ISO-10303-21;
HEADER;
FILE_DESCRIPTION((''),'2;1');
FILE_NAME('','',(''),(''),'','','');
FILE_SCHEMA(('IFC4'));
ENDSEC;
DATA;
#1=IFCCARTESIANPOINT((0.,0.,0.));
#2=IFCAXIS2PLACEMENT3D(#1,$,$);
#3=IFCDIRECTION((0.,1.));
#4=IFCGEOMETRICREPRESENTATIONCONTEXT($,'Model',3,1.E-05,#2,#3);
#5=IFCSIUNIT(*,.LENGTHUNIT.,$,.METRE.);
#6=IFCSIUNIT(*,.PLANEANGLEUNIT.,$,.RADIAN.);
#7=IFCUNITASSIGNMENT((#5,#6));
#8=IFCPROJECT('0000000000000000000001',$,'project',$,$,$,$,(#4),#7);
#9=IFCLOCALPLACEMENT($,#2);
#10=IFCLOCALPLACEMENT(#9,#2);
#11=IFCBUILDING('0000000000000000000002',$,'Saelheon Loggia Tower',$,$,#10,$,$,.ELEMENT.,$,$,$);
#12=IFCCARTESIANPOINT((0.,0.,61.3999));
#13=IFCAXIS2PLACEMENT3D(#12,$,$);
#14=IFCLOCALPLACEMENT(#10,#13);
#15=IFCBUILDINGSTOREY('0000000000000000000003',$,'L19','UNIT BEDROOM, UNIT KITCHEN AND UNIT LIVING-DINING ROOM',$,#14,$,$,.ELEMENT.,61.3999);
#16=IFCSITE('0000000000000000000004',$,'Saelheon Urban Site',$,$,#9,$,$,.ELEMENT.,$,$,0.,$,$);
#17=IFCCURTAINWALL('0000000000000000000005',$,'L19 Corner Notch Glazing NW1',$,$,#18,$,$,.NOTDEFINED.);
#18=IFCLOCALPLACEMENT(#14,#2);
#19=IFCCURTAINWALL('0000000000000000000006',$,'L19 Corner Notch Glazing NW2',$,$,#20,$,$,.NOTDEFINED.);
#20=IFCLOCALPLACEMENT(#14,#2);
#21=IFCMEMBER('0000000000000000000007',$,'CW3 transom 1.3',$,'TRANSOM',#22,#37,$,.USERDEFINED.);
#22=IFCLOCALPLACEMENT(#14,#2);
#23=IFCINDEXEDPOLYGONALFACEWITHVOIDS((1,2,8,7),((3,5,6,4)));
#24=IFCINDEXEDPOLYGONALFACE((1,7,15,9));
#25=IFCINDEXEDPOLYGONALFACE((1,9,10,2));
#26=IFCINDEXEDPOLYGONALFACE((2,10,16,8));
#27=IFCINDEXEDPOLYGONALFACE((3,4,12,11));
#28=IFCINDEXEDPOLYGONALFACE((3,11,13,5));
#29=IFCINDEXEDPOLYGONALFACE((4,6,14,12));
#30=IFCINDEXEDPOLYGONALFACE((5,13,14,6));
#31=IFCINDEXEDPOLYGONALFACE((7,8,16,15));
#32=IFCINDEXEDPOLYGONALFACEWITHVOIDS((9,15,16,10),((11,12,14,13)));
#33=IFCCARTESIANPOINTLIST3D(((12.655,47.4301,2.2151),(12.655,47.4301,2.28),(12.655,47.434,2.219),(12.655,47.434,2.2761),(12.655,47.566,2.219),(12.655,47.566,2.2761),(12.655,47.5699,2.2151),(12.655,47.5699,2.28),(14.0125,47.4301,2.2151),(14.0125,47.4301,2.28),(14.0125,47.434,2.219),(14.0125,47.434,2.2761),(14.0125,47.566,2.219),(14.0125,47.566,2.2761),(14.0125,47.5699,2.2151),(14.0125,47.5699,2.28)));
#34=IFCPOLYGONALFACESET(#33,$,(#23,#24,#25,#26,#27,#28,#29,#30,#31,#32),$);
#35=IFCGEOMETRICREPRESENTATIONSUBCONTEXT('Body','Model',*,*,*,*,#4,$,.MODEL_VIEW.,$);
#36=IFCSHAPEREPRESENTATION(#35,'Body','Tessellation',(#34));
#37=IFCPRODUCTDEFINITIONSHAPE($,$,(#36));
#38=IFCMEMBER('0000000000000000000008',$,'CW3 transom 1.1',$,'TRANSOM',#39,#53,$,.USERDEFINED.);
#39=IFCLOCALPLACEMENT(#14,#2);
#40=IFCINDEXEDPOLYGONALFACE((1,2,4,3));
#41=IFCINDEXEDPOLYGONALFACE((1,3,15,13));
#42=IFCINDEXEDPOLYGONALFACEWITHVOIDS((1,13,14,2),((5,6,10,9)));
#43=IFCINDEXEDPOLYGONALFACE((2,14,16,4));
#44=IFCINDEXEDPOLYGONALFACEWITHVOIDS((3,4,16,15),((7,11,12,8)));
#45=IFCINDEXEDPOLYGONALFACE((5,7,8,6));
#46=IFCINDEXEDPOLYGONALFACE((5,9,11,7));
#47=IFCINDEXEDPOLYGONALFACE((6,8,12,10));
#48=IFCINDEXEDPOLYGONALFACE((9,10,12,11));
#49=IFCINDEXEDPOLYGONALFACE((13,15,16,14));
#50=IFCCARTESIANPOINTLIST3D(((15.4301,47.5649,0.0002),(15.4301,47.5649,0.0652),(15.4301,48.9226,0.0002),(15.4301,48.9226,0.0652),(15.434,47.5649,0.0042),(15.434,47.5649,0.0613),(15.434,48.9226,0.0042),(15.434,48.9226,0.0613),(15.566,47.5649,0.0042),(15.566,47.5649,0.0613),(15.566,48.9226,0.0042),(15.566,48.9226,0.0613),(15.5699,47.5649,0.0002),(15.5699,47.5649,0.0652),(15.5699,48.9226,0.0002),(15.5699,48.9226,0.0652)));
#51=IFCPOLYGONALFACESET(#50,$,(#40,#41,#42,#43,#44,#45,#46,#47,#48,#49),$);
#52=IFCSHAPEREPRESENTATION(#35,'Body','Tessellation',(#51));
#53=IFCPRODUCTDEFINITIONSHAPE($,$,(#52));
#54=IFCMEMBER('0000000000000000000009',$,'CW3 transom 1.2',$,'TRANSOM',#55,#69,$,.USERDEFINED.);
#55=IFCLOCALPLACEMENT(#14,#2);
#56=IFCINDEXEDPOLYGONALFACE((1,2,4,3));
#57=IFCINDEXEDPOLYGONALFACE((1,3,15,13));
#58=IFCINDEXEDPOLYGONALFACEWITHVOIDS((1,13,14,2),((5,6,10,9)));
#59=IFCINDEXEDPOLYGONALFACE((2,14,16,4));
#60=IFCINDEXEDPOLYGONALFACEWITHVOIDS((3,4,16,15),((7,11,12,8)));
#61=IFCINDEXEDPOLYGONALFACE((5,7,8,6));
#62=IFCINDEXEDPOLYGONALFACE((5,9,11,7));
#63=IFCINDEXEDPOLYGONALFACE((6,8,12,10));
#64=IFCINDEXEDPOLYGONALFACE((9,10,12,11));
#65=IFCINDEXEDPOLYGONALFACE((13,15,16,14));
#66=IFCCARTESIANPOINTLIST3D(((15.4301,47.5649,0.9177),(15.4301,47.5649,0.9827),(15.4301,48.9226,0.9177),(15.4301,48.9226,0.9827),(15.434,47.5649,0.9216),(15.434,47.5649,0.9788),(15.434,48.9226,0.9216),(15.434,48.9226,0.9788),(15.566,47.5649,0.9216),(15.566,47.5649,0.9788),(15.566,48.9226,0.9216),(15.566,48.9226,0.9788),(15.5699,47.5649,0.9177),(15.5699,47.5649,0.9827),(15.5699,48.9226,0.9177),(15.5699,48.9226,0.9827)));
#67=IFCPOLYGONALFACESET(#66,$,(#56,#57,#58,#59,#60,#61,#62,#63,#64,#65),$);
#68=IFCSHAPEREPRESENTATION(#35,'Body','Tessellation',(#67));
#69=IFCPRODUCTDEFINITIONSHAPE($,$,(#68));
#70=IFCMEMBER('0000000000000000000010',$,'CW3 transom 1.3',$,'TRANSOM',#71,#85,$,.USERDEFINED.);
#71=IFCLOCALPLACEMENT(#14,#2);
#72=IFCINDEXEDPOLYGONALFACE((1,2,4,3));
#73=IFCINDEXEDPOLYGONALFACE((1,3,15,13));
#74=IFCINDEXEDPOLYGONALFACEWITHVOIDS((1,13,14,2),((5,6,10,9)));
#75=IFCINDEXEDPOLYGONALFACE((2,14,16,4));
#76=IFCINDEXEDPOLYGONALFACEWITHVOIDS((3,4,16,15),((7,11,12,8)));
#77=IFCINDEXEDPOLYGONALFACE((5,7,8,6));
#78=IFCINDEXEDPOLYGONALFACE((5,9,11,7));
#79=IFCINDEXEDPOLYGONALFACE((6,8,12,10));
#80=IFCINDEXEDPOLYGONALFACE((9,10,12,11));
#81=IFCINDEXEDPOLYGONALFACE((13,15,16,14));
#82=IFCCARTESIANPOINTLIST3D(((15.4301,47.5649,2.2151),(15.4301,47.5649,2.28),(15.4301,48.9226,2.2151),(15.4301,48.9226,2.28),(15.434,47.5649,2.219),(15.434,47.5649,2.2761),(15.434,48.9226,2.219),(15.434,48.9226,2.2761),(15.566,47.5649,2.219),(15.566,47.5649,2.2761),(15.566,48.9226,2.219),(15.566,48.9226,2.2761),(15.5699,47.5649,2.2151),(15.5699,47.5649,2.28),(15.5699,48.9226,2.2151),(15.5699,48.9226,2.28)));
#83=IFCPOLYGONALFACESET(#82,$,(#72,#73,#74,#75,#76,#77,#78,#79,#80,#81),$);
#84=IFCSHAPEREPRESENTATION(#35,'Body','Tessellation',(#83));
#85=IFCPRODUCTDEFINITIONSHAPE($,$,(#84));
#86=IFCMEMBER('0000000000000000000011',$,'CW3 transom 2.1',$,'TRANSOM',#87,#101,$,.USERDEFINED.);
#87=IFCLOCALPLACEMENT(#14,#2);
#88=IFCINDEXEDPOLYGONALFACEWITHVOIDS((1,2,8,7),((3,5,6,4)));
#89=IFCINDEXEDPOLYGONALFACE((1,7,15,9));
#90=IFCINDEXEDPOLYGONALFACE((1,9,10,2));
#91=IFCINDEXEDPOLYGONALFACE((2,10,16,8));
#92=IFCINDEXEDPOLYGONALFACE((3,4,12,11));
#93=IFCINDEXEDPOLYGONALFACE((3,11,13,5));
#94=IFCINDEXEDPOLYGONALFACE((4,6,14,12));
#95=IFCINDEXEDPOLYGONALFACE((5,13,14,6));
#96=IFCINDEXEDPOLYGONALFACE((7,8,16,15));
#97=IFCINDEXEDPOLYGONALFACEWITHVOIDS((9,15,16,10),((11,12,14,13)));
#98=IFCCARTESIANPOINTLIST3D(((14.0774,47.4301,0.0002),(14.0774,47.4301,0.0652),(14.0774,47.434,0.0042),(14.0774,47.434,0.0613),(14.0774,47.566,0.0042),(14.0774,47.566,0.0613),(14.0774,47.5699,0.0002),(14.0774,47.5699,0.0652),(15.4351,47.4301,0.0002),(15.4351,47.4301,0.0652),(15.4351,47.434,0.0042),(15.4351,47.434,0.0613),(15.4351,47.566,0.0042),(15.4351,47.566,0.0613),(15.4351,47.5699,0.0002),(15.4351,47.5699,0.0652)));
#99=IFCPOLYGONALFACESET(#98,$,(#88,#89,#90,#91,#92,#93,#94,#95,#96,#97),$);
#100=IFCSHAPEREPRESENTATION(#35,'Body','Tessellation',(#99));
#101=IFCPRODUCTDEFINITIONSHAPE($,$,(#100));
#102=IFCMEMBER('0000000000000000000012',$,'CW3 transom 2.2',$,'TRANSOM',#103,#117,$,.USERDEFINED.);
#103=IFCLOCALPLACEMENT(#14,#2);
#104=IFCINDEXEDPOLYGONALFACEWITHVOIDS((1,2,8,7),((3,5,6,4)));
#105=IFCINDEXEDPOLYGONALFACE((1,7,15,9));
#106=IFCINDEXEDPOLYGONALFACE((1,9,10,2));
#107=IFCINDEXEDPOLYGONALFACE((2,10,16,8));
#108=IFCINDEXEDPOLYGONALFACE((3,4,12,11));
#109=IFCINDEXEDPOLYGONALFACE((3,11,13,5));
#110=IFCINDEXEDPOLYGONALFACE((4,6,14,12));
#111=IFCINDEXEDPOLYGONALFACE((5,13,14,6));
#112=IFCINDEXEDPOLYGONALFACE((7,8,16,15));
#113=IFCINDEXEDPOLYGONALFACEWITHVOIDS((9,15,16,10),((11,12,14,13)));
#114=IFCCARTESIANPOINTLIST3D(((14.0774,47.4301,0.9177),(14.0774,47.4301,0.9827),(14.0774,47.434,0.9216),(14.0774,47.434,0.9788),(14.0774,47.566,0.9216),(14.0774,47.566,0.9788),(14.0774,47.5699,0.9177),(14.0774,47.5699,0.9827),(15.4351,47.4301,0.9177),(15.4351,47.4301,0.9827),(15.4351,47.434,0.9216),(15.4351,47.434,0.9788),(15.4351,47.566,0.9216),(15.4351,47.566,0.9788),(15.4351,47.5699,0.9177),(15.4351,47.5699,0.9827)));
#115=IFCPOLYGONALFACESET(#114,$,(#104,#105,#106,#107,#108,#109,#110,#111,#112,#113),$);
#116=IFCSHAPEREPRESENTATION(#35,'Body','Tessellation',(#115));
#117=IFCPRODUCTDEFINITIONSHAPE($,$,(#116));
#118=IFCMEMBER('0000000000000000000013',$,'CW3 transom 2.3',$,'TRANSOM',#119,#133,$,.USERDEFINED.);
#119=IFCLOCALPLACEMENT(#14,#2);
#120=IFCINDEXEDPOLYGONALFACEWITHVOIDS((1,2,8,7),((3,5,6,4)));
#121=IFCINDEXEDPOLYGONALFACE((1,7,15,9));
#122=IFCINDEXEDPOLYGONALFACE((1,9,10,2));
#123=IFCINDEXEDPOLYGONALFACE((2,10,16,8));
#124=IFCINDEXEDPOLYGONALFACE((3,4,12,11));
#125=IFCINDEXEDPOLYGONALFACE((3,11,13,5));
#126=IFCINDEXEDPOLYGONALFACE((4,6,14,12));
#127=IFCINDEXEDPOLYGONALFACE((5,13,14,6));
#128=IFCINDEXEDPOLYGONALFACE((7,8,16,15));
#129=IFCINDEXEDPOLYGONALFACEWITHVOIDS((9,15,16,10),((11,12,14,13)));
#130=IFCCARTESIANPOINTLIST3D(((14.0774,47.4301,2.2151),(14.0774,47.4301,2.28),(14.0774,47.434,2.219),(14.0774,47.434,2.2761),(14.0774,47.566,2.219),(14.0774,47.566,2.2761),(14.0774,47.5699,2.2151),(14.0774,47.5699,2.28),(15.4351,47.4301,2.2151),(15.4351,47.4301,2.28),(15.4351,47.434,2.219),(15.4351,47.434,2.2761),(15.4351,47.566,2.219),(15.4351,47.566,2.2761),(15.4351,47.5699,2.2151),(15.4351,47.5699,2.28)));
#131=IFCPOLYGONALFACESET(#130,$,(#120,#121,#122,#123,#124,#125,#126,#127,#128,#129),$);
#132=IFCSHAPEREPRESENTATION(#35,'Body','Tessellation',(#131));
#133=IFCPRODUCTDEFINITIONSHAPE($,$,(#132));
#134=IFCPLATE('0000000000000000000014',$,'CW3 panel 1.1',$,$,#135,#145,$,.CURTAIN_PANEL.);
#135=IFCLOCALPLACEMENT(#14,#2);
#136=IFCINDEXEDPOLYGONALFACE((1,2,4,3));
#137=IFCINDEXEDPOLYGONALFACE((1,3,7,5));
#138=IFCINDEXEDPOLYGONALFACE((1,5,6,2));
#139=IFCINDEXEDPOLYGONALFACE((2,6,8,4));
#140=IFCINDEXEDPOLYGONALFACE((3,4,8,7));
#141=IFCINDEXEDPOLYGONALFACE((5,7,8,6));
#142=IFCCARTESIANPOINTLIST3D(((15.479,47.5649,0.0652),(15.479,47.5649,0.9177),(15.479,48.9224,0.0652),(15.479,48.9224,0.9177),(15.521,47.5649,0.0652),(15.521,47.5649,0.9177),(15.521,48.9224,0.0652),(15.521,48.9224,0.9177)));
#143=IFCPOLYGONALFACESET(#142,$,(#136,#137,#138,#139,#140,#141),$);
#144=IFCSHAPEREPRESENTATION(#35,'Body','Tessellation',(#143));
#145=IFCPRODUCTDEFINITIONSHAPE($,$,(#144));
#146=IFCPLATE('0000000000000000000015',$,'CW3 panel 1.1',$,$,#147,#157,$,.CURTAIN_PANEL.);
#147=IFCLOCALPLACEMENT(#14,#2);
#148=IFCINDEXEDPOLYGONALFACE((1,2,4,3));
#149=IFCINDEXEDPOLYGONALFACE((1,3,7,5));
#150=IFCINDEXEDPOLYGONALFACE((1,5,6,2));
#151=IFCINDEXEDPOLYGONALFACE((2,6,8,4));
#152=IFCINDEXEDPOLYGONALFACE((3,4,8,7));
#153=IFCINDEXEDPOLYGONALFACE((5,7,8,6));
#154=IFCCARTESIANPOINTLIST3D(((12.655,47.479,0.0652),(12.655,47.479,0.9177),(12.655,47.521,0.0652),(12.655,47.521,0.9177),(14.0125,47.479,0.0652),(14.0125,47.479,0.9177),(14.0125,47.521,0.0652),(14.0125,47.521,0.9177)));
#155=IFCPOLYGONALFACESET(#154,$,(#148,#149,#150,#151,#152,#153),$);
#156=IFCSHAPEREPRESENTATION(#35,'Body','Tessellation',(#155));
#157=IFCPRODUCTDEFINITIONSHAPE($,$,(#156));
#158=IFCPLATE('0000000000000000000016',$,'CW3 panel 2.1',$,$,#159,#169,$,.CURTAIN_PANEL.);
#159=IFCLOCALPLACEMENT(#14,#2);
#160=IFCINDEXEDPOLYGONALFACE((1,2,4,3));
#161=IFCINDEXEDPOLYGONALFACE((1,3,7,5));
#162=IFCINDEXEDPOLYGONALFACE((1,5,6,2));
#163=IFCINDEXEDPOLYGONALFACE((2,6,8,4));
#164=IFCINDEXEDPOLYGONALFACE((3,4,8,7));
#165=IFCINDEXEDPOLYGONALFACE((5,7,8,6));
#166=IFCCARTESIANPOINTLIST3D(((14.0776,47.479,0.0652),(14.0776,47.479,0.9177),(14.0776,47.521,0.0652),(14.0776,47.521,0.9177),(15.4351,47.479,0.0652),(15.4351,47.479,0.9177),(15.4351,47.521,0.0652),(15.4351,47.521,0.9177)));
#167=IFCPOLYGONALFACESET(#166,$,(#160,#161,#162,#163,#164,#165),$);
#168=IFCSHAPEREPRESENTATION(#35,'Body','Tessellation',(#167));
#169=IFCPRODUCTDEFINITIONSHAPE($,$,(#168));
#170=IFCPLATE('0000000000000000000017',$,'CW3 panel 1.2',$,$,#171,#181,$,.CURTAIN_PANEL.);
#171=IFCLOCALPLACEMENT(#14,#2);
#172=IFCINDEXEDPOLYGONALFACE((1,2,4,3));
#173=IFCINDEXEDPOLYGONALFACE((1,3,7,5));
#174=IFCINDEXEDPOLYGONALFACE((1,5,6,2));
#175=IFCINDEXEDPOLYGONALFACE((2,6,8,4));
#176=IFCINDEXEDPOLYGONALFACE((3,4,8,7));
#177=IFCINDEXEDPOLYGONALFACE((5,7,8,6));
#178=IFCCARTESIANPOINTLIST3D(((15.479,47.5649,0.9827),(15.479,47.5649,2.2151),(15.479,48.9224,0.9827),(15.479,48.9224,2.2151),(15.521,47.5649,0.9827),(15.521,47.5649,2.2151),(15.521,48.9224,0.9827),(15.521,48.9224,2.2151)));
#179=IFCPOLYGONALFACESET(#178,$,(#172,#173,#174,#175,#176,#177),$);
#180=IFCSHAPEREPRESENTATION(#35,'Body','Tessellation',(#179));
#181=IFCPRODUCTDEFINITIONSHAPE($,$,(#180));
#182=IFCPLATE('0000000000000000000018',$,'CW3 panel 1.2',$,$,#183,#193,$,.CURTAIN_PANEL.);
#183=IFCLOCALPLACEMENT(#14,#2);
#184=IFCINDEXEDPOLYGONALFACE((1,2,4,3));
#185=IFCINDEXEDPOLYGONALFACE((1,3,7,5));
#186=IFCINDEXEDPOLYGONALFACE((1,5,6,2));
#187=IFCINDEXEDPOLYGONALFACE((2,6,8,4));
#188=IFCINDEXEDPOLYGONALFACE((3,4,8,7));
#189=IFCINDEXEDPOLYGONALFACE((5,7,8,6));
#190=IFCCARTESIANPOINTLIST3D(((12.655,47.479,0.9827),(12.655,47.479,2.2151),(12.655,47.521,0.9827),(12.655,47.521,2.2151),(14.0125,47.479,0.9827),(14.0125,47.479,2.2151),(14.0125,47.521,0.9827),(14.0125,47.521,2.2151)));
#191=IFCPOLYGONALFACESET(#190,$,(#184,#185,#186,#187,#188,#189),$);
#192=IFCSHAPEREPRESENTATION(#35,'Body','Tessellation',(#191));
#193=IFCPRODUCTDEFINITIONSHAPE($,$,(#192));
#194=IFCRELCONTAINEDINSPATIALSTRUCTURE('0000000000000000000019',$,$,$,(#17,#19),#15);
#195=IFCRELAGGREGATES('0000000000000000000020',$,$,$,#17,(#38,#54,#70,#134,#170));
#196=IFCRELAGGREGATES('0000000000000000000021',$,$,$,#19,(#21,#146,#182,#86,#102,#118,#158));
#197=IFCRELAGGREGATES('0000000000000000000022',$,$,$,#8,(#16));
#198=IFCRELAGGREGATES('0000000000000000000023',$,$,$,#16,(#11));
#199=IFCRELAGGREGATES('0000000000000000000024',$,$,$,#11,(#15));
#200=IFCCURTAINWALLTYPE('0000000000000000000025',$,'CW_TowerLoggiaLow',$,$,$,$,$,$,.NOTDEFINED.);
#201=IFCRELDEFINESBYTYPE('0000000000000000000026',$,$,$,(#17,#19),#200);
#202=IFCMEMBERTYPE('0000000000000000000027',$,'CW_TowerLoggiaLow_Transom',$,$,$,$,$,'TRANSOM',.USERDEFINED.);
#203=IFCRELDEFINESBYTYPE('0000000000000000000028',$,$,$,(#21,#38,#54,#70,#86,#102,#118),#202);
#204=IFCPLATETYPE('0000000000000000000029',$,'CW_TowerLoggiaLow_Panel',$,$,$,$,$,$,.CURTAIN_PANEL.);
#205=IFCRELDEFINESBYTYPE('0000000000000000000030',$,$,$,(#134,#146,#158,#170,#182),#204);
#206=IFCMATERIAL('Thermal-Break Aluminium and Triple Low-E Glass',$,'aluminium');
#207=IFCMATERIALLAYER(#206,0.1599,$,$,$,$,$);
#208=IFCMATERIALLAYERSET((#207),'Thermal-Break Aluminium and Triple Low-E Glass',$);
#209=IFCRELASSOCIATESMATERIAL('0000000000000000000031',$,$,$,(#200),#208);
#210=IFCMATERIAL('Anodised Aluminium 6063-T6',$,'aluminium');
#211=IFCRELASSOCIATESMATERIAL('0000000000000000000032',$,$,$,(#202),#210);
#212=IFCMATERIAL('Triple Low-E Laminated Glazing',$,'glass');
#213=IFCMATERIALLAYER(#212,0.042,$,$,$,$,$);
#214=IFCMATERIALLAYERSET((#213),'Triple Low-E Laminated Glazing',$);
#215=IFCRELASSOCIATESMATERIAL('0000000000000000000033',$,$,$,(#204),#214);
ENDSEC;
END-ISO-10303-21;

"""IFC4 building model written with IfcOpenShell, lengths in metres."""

from ifc_helpers import new_model, si_unit, direction, frame, origin, origin_2d, place, context, subcontext, project, spatial, rectangle, hollow_rectangle, extrude, source, transform, mapped, material, layer, layer_set, material_profile, profile_set, type_object, element, aggregate, save


model = new_model("IFC4")

# Units and contexts
model_context = context("Model", 3, precision=1e-05, world=origin(), true_north=direction((0.0, 1.0)))
body_context = subcontext(model_context, "Body", "Model", "MODEL_VIEW")
ifc_project = project(units=[si_unit("LENGTHUNIT", "METRE"), si_unit("PLANEANGLEUNIT", "RADIAN")], contexts=[model_context])

# Site, building, storey
site_placement = place(None, origin())
site = spatial("IfcSite", under=ifc_project, at=site_placement, Name="Saelheon Urban Site", CompositionType="ELEMENT", RefElevation=0.0)
building_placement = place(site_placement, origin())
building = spatial("IfcBuilding", under=site, at=building_placement, Name="Saelheon Loggia Tower", CompositionType="ELEMENT")
storey_placement = place(building_placement, frame((0.0, 0.0, 61.3999)))
storey = spatial("IfcBuildingStorey", under=building, at=storey_placement, Name="L19", Description="UNIT BEDROOM, UNIT KITCHEN AND UNIT LIVING-DINING ROOM", CompositionType="ELEMENT", Elevation=61.3999)

# Curtain walls
ifc_material_1 = material(Name="Thermal-Break Aluminium and Triple Low-E Glass", Category="aluminium")
ifc_layer_1 = layer(ifc_material_1, 0.1599)
ifc_layer_set_1 = layer_set([ifc_layer_1], Name="Thermal-Break Aluminium and Triple Low-E Glass")
curtain_wall_type = type_object("IfcCurtainWallType", Name="CW_TowerLoggiaLow", PredefinedType="NOTDEFINED", material=ifc_layer_set_1)
curtain_wall_1_placement = place(storey_placement, origin())
curtain_wall_1 = element("IfcCurtainWall", 1, at=curtain_wall_1_placement, inside=storey, type_object=curtain_wall_type, Name="L19 Corner Notch Glazing NW1", PredefinedType="NOTDEFINED")
ifc_material_2 = material(Name="Anodised Aluminium 6063-T6", Category="aluminium")
curtain_wall_2_placement = place(storey_placement, origin())
curtain_wall_2 = element("IfcCurtainWall", 2, at=curtain_wall_2_placement, inside=storey, type_object=curtain_wall_type, Name="L19 Corner Notch Glazing NW2", PredefinedType="NOTDEFINED")

# Members
ifc_material_profile_1 = material_profile(ifc_material_2, hollow_rectangle(XDim=0.0649, YDim=0.1399, WallThickness=0.0039, at=origin_2d()), Name="RHS-140x65x4")
ifc_profile_set_1 = profile_set([ifc_material_profile_1], Name="Anodised Aluminium 6063-T6")
member_type_1 = type_object("IfcMemberType", Name="CW_TowerLoggiaLow_Transom", ElementType="TRANSOM", PredefinedType="USERDEFINED", material=ifc_profile_set_1)
shared_shape_1 = source(origin(), body_context, "Body", "SweptSolid", [
    extrude(hollow_rectangle(XDim=0.0649, YDim=0.1399, WallThickness=0.0039, at=origin_2d()), origin(), (0.0, 0.0, 1.0), 1.3574),
])
member_1_placement = place(storey_placement, frame((12.655, 47.5, 2.2476), z_axis=(1.0, 0.0, 0.0), x_axis=(0.0, 0.0, 1.0)))
member_1 = element("IfcMember", 3, at=member_1_placement, type_object=member_type_1, Name="CW3 transom 1.3", ObjectType="TRANSOM", PredefinedType="USERDEFINED", context=body_context, shape_type="MappedRepresentation", body=[
    mapped(shared_shape_1, transform((0.0, 0.0, 0.0), scale=1.0)),
])
shared_shape_2 = source(origin(), body_context, "Body", "SweptSolid", [
    extrude(hollow_rectangle(XDim=0.0649, YDim=0.1399, WallThickness=0.0039, at=origin_2d()), origin(), (0.0, 0.0, 1.0), 1.3577),
])
member_2_placement = place(storey_placement, frame((15.5, 47.5649, 0.0327), z_axis=(0.0, 1.0, 0.0), x_axis=(0.0, 0.0, 1.0)))
member_2 = element("IfcMember", 4, at=member_2_placement, type_object=member_type_1, Name="CW3 transom 1.1", ObjectType="TRANSOM", PredefinedType="USERDEFINED", context=body_context, shape_type="MappedRepresentation", body=[
    mapped(shared_shape_2, transform((0.0, 0.0, 0.0), scale=1.0)),
])
member_3_placement = place(storey_placement, frame((15.5, 47.5649, 0.9502), z_axis=(0.0, 1.0, 0.0), x_axis=(0.0, 0.0, 1.0)))
member_3 = element("IfcMember", 5, at=member_3_placement, type_object=member_type_1, Name="CW3 transom 1.2", ObjectType="TRANSOM", PredefinedType="USERDEFINED", context=body_context, shape_type="MappedRepresentation", body=[
    mapped(shared_shape_2, transform((0.0, 0.0, 0.0), scale=1.0)),
])
member_4_placement = place(storey_placement, frame((15.5, 47.5649, 2.2476), z_axis=(0.0, 1.0, 0.0), x_axis=(0.0, 0.0, 1.0)))
member_4 = element("IfcMember", 6, at=member_4_placement, type_object=member_type_1, Name="CW3 transom 1.3", ObjectType="TRANSOM", PredefinedType="USERDEFINED", context=body_context, shape_type="MappedRepresentation", body=[
    mapped(shared_shape_2, transform((0.0, 0.0, 0.0), scale=1.0)),
])
member_5_placement = place(storey_placement, frame((14.0774, 47.5, 0.0327), z_axis=(1.0, 0.0, 0.0), x_axis=(0.0, 0.0, 1.0)))
member_5 = element("IfcMember", 7, at=member_5_placement, type_object=member_type_1, Name="CW3 transom 2.1", ObjectType="TRANSOM", PredefinedType="USERDEFINED", context=body_context, shape_type="MappedRepresentation", body=[
    mapped(shared_shape_2, transform((0.0, 0.0, 0.0), scale=1.0)),
])
member_6_placement = place(storey_placement, frame((14.0774, 47.5, 0.9502), z_axis=(1.0, 0.0, 0.0), x_axis=(0.0, 0.0, 1.0)))
member_6 = element("IfcMember", 8, at=member_6_placement, type_object=member_type_1, Name="CW3 transom 2.2", ObjectType="TRANSOM", PredefinedType="USERDEFINED", context=body_context, shape_type="MappedRepresentation", body=[
    mapped(shared_shape_2, transform((0.0, 0.0, 0.0), scale=1.0)),
])
member_7_placement = place(storey_placement, frame((14.0774, 47.5, 2.2476), z_axis=(1.0, 0.0, 0.0), x_axis=(0.0, 0.0, 1.0)))
member_7 = element("IfcMember", 9, at=member_7_placement, type_object=member_type_1, Name="CW3 transom 2.3", ObjectType="TRANSOM", PredefinedType="USERDEFINED", context=body_context, shape_type="MappedRepresentation", body=[
    mapped(shared_shape_2, transform((0.0, 0.0, 0.0), scale=1.0)),
])

# Plates
ifc_material_3 = material(Name="Triple Low-E Laminated Glazing", Category="glass")
ifc_layer_2 = layer(ifc_material_3, 0.042)
ifc_layer_set_2 = layer_set([ifc_layer_2], Name="Triple Low-E Laminated Glazing")
plate_type = type_object("IfcPlateType", Name="CW_TowerLoggiaLow_Panel", PredefinedType="CURTAIN_PANEL", material=ifc_layer_set_2)
shared_shape_3 = source(origin(), body_context, "Body", "SweptSolid", [
    extrude(rectangle(XDim=1.3574, YDim=0.042, at=origin_2d()), origin(), (0.0, 0.0, 1.0), 0.8525),
])
plate_1_placement = place(storey_placement, frame((15.5, 48.2437, 0.0652), z_axis=(0.0, 0.0, 1.0), x_axis=(0.0, 1.0, 0.0)))
plate_1 = element("IfcPlate", 10, at=plate_1_placement, type_object=plate_type, Name="CW3 panel 1.1", PredefinedType="CURTAIN_PANEL", context=body_context, shape_type="MappedRepresentation", body=[
    mapped(shared_shape_3, transform((0.0, 0.0, 0.0), scale=1.0)),
])
plate_2_placement = place(storey_placement, frame((13.3337, 47.5, 0.0652), z_axis=(0.0, 0.0, 1.0), x_axis=(1.0, 0.0, 0.0)))
plate_2 = element("IfcPlate", 11, at=plate_2_placement, type_object=plate_type, Name="CW3 panel 1.1", PredefinedType="CURTAIN_PANEL", context=body_context, shape_type="MappedRepresentation", body=[
    mapped(shared_shape_3, transform((0.0, 0.0, 0.0), scale=1.0)),
])
plate_3_placement = place(storey_placement, frame((14.7563, 47.5, 0.0652), z_axis=(0.0, 0.0, 1.0), x_axis=(1.0, 0.0, 0.0)))
plate_3 = element("IfcPlate", 12, at=plate_3_placement, type_object=plate_type, Name="CW3 panel 2.1", PredefinedType="CURTAIN_PANEL", context=body_context, shape_type="MappedRepresentation", body=[
    mapped(shared_shape_3, transform((0.0, 0.0, 0.0), scale=1.0)),
])
shared_shape_4 = source(origin(), body_context, "Body", "SweptSolid", [
    extrude(rectangle(XDim=1.3574, YDim=0.042, at=origin_2d()), origin(), (0.0, 0.0, 1.0), 1.2324),
])
plate_4_placement = place(storey_placement, frame((15.5, 48.2437, 0.9827), z_axis=(0.0, 0.0, 1.0), x_axis=(0.0, 1.0, 0.0)))
plate_4 = element("IfcPlate", 13, at=plate_4_placement, type_object=plate_type, Name="CW3 panel 1.2", PredefinedType="CURTAIN_PANEL", context=body_context, shape_type="MappedRepresentation", body=[
    mapped(shared_shape_4, transform((0.0, 0.0, 0.0), scale=1.0)),
])
aggregate(curtain_wall_1, [member_2, member_3, member_4, plate_1, plate_4])
plate_5_placement = place(storey_placement, frame((13.3337, 47.5, 0.9827), z_axis=(0.0, 0.0, 1.0), x_axis=(1.0, 0.0, 0.0)))
plate_5 = element("IfcPlate", 14, at=plate_5_placement, type_object=plate_type, Name="CW3 panel 1.2", PredefinedType="CURTAIN_PANEL", context=body_context, shape_type="MappedRepresentation", body=[
    mapped(shared_shape_4, transform((0.0, 0.0, 0.0), scale=1.0)),
])
aggregate(curtain_wall_2, [member_1, plate_2, plate_5, member_5, member_6, member_7, plate_3])

save(model, "model.ifc")
